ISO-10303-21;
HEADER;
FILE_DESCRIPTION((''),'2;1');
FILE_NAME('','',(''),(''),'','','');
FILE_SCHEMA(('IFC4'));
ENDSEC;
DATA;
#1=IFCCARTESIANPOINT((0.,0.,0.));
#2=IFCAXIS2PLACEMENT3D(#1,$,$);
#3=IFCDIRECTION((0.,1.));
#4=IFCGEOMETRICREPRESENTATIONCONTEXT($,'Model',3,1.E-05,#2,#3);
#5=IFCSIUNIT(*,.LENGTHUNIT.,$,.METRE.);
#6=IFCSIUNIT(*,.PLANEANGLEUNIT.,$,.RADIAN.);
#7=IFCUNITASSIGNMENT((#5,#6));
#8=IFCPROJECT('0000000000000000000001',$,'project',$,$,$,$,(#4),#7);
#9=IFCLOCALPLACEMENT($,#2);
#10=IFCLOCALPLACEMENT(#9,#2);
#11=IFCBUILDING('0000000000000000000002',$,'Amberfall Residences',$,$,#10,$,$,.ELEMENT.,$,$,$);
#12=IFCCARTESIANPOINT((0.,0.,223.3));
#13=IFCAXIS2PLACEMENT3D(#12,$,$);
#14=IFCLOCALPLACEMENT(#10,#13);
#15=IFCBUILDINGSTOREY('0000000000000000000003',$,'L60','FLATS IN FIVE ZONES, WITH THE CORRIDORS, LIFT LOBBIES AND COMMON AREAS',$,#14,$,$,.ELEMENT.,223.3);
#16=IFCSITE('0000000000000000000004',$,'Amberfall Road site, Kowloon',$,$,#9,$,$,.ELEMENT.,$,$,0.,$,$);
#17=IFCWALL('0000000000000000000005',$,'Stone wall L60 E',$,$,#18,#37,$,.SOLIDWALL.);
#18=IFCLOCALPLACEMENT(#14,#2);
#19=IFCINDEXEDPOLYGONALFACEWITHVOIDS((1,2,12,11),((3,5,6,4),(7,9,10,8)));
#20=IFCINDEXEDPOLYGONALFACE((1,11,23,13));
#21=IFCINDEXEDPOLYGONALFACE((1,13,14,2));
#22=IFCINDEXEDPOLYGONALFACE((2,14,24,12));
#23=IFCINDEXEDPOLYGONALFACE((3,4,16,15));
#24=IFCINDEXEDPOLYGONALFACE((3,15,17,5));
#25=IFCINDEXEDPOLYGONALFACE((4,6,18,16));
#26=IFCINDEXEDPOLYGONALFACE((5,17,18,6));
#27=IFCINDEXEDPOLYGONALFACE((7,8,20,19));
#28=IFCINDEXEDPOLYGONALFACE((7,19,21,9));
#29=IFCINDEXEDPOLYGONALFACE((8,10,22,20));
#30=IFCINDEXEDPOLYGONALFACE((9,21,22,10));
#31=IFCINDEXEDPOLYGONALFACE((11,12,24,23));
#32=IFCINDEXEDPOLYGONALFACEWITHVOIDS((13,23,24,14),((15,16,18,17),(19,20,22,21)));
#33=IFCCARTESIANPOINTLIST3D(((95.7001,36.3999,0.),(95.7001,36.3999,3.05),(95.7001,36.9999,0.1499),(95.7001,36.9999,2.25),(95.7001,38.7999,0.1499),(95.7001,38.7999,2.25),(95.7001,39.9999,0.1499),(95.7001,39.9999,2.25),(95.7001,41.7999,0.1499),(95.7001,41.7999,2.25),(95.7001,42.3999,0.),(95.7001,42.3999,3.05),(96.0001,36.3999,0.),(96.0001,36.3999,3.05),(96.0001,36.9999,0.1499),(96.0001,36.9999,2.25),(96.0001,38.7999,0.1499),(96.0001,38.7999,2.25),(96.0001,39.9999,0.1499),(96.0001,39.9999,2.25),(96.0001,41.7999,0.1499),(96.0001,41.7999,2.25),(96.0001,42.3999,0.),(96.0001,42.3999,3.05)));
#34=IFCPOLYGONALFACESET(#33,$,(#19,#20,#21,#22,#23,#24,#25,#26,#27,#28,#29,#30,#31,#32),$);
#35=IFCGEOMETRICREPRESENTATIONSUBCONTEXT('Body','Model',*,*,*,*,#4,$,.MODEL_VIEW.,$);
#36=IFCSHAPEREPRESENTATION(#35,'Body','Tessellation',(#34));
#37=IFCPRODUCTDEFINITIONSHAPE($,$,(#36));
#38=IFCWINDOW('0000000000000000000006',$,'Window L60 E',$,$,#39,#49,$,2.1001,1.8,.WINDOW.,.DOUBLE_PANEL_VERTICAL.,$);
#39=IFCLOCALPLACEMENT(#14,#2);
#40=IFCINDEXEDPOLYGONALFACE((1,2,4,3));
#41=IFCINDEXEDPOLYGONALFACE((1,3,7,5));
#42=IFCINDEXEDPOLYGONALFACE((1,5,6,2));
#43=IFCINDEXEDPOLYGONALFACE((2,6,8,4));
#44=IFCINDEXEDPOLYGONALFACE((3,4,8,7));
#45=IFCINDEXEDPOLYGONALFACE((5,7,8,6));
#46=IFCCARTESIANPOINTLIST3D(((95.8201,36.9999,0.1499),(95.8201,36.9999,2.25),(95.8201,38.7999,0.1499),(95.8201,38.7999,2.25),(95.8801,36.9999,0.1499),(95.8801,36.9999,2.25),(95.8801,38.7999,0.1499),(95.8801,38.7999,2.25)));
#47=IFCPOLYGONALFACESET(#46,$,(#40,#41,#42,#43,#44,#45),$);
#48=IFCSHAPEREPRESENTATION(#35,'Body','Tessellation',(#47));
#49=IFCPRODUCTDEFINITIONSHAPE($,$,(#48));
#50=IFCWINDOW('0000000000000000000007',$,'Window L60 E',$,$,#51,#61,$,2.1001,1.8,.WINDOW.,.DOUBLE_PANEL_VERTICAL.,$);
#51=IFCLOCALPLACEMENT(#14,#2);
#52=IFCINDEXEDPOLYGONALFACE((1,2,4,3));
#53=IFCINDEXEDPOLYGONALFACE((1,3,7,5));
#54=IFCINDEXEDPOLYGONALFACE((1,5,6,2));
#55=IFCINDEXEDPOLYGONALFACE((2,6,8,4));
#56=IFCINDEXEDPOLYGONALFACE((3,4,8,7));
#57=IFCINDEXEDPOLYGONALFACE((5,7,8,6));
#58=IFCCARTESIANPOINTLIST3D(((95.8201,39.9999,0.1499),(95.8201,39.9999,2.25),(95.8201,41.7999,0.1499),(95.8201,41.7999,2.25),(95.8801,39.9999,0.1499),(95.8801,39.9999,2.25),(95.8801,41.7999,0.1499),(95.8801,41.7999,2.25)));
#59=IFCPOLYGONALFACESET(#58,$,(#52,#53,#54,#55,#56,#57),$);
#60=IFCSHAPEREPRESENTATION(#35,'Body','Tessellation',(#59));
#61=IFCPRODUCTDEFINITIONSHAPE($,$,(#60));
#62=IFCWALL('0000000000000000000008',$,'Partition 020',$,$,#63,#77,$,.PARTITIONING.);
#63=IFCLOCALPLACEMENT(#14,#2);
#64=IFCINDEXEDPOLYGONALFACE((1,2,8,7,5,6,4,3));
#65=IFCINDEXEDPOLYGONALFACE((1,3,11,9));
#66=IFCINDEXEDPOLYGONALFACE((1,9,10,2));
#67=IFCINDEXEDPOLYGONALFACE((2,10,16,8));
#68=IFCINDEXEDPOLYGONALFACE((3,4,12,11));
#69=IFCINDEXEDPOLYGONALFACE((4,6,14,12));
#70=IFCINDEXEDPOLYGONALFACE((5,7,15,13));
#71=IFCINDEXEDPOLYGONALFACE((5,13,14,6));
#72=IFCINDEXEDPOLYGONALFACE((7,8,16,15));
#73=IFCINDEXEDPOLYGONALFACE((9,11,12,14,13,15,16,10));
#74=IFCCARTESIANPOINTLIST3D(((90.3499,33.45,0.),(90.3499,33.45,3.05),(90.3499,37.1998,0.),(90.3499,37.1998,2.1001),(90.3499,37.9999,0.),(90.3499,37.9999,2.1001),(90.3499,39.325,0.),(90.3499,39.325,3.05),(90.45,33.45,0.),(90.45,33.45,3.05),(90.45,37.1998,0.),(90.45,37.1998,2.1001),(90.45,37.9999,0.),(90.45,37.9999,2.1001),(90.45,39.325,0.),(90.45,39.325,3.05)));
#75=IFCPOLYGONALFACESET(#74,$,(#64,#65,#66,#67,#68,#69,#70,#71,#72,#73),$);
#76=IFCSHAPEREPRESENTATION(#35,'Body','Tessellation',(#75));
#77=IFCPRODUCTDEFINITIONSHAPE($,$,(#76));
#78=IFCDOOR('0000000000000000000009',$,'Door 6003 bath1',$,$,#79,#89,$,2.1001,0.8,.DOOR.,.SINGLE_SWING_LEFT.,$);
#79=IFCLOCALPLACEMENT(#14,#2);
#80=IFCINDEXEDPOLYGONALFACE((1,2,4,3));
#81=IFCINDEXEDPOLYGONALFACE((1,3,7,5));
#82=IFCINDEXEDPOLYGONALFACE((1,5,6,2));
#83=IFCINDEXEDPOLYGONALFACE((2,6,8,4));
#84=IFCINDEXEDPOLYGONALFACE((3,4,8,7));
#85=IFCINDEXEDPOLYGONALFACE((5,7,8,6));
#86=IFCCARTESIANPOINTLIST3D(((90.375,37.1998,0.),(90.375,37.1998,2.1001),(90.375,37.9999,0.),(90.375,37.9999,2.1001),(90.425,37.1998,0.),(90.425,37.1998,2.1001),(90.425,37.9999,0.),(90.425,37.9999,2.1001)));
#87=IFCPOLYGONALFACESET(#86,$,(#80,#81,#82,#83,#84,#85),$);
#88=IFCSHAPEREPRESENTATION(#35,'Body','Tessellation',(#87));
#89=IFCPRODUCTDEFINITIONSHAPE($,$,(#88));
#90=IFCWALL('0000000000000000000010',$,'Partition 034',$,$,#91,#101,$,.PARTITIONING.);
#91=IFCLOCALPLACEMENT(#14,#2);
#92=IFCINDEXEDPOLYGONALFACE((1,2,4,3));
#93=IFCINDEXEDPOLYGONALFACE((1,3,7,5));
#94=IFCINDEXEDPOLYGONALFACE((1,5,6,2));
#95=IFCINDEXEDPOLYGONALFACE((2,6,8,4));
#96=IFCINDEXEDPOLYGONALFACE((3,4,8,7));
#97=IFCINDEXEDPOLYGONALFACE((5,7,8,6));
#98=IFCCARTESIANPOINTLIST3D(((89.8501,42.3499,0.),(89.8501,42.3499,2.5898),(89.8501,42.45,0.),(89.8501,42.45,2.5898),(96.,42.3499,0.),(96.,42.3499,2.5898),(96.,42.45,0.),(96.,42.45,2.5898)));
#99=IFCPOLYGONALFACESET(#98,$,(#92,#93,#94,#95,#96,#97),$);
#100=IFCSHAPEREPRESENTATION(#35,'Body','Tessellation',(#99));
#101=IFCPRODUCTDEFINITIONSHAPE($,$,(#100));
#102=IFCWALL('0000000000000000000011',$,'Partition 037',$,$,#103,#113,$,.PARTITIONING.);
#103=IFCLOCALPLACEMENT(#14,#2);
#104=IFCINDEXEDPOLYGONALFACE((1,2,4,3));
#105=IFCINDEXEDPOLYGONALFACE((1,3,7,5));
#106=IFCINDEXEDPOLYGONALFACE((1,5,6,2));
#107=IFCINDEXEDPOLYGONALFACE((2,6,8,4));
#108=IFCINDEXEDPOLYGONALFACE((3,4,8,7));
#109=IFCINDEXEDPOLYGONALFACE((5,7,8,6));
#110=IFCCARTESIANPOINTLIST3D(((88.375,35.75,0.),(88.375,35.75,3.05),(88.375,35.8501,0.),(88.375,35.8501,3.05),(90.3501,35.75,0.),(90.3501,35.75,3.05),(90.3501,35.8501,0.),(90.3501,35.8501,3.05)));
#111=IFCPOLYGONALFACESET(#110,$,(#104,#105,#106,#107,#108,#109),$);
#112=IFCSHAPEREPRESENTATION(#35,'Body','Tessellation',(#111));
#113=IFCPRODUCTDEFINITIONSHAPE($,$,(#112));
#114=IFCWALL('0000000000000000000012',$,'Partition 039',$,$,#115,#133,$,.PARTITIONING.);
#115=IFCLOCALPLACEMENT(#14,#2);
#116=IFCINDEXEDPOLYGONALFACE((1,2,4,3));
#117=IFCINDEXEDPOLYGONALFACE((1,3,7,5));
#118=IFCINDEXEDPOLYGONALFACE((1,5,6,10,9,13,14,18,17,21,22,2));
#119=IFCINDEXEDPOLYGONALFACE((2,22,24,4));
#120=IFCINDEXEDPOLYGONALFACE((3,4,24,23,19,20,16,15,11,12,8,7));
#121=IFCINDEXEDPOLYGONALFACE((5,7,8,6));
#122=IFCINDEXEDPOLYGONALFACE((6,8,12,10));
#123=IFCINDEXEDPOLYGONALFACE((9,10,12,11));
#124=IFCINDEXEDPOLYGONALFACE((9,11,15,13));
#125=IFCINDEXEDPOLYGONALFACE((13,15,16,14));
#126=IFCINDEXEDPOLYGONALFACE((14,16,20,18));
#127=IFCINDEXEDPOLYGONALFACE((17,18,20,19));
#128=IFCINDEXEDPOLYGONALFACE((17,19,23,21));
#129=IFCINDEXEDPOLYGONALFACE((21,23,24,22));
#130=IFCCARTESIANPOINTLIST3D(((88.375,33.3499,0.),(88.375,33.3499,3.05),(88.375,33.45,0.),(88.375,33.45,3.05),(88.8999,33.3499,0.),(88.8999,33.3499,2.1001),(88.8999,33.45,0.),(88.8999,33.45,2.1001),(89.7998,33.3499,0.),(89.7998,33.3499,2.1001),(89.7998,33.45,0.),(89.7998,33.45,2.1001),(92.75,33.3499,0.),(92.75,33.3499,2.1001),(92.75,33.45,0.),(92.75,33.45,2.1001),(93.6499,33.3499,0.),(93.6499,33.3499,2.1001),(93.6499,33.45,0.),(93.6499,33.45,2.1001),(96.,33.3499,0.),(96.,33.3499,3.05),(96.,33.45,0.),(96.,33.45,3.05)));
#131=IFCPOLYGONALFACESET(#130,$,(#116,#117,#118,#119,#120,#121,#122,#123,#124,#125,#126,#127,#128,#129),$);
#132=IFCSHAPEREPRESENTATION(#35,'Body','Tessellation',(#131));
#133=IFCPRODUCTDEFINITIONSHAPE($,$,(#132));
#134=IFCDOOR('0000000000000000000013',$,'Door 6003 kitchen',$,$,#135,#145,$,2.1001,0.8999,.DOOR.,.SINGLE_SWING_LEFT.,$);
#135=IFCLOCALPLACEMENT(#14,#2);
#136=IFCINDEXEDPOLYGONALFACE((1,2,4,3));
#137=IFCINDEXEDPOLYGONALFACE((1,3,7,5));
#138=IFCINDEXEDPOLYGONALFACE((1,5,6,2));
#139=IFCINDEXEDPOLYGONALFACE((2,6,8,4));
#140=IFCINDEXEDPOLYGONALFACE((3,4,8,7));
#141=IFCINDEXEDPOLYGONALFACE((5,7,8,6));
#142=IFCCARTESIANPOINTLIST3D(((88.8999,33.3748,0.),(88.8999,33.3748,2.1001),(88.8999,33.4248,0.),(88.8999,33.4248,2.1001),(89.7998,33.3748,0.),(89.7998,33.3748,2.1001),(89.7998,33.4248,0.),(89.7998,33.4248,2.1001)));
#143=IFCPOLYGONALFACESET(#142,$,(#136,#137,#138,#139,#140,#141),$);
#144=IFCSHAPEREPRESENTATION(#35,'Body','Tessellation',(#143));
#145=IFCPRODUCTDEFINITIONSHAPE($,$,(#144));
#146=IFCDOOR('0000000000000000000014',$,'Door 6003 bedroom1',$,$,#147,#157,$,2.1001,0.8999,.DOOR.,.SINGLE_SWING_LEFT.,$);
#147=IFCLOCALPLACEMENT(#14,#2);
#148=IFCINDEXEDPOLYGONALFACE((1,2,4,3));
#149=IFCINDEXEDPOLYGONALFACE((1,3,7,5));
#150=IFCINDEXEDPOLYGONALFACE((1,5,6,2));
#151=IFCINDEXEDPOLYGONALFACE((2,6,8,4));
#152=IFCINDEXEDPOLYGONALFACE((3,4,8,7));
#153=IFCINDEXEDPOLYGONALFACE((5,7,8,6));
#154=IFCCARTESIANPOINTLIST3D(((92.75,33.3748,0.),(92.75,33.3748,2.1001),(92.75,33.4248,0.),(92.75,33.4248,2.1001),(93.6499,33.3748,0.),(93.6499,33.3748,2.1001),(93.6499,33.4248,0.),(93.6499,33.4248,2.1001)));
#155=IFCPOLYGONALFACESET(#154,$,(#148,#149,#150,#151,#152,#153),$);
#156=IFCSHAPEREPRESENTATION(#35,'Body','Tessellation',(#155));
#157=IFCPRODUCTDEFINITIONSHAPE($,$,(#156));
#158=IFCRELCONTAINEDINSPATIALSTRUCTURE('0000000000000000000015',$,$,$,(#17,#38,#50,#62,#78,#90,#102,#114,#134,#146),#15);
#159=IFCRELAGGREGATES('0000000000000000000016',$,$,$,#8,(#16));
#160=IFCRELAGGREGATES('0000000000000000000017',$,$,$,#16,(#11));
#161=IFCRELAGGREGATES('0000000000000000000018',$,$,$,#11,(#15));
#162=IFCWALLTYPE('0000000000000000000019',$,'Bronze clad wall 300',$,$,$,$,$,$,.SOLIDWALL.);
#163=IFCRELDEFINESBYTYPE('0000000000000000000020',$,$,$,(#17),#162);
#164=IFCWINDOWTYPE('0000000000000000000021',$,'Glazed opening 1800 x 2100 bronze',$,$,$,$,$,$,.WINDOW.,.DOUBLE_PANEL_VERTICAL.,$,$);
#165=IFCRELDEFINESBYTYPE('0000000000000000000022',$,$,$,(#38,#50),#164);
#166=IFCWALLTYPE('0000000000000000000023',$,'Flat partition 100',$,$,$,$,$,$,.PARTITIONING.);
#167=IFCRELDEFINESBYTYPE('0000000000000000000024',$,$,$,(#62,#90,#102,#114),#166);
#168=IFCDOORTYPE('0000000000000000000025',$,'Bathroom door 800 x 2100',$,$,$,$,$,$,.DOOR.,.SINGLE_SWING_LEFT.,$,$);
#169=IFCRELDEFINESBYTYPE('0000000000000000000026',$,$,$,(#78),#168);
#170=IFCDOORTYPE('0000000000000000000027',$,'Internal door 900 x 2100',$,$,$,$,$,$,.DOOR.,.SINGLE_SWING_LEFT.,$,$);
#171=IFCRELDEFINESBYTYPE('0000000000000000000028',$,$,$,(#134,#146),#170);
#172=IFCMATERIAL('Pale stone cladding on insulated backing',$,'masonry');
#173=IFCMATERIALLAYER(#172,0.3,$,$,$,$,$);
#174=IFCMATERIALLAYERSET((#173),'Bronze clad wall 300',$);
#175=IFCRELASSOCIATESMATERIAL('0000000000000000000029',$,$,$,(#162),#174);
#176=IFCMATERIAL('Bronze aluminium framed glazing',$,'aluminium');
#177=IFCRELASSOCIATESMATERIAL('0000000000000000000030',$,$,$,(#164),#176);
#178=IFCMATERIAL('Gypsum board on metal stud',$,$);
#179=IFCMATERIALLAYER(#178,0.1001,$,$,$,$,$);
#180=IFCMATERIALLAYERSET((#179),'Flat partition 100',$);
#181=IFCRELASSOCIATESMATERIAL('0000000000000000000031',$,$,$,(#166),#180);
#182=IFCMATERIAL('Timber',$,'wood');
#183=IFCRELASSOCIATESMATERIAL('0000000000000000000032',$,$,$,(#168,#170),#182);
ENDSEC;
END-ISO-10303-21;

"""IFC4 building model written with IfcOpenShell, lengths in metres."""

from ifc_helpers import new_model, si_unit, direction, frame, frame_2d, origin, place, context, subcontext, project, spatial, rectangle, extrude, material, layer, layer_set, type_object, element, fill, save


model = new_model("IFC4")

# Units and contexts
model_context = context("Model", 3, precision=1e-05, world=origin(), true_north=direction((0.0, 1.0)))
body_context = subcontext(model_context, "Body", "Model", "MODEL_VIEW")
ifc_project = project(units=[si_unit("LENGTHUNIT", "METRE"), si_unit("PLANEANGLEUNIT", "RADIAN")], contexts=[model_context])

# Site, building, storey
site_placement = place(None, origin())
site = spatial("IfcSite", under=ifc_project, at=site_placement, Name="Amberfall Road site, Kowloon", CompositionType="ELEMENT", RefElevation=0.0)
building_placement = place(site_placement, origin())
building = spatial("IfcBuilding", under=site, at=building_placement, Name="Amberfall Residences", CompositionType="ELEMENT")
storey_placement = place(building_placement, frame((0.0, 0.0, 223.3)))
storey = spatial("IfcBuildingStorey", under=building, at=storey_placement, Name="L60", Description="FLATS IN FIVE ZONES, WITH THE CORRIDORS, LIFT LOBBIES AND COMMON AREAS", CompositionType="ELEMENT", Elevation=223.3)

# Shared definitions
ifc_material_1 = material(Name="Pale stone cladding on insulated backing", Category="masonry")
ifc_layer_1 = layer(ifc_material_1, 0.3)
ifc_layer_set_1 = layer_set([ifc_layer_1], Name="Bronze clad wall 300")
wall_type_1 = type_object("IfcWallType", Name="Bronze clad wall 300", PredefinedType="SOLIDWALL", material=ifc_layer_set_1)

# Wall, openings, windows
wall_1_placement = place(storey_placement, frame((95.8501, 36.3999, 0.0), z_axis=(0.0, 0.0, 1.0), x_axis=(0.0, 1.0, 0.0)))
wall_1 = element("IfcWall", 1, at=wall_1_placement, inside=storey, type_object=wall_type_1, Name="Stone wall L60 E", PredefinedType="SOLIDWALL", context=body_context, shape_type="SweptSolid", body=[
    extrude(rectangle(XDim=6.0, YDim=0.3, at=frame_2d((3.0, 0.0))), origin(), (0.0, 0.0, 1.0), 3.05),
])
opening_1_placement = place(wall_1_placement, frame((0.6001, 0.0, 0.1499)))
opening_1 = element("IfcOpeningElement", 2, at=opening_1_placement, cuts=wall_1, PredefinedType="OPENING", context=body_context, shape_type="SweptSolid", body=[
    extrude(rectangle(XDim=1.8, YDim=2.1001, at=frame_2d((0.8999, 1.05))), frame((0.0, 0.1599, 0.0), z_axis=(0.0, -1.0, 0.0), x_axis=(1.0, 0.0, 0.0)), (0.0, 0.0, 1.0), 0.3201),
])
opening_2_placement = place(wall_1_placement, frame((3.6001, 0.0, 0.1499)))
opening_2 = element("IfcOpeningElement", 3, at=opening_2_placement, cuts=wall_1, PredefinedType="OPENING", context=body_context, shape_type="SweptSolid", body=[
    extrude(rectangle(XDim=1.8, YDim=2.1001, at=frame_2d((0.8999, 1.05))), frame((0.0, 0.1599, 0.0), z_axis=(0.0, -1.0, 0.0), x_axis=(1.0, 0.0, 0.0)), (0.0, 0.0, 1.0), 0.3201),
])
ifc_material_2 = material(Name="Bronze aluminium framed glazing", Category="aluminium")
window_type = type_object("IfcWindowType", Name="Glazed opening 1800 x 2100 bronze", PartitioningType="DOUBLE_PANEL_VERTICAL", PredefinedType="WINDOW", material=ifc_material_2)
window_1_placement = place(opening_1_placement, origin())
window_1 = element("IfcWindow", 4, at=window_1_placement, inside=storey, type_object=window_type, Name="Window L60 E", OverallHeight=2.1001, OverallWidth=1.8, PartitioningType="DOUBLE_PANEL_VERTICAL", PredefinedType="WINDOW", context=body_context, shape_type="SweptSolid", body=[
    extrude(rectangle(XDim=1.8, YDim=2.1001, at=frame_2d((0.8999, 1.05))), frame((0.0, 0.03, 0.0), z_axis=(0.0, -1.0, 0.0), x_axis=(1.0, 0.0, 0.0)), (0.0, 0.0, 1.0), 0.0601),
])
fill(opening_1, window_1)
window_2_placement = place(opening_2_placement, origin())
window_2 = element("IfcWindow", 5, at=window_2_placement, inside=storey, type_object=window_type, Name="Window L60 E", OverallHeight=2.1001, OverallWidth=1.8, PartitioningType="DOUBLE_PANEL_VERTICAL", PredefinedType="WINDOW", context=body_context, shape_type="SweptSolid", body=[
    extrude(rectangle(XDim=1.8, YDim=2.1001, at=frame_2d((0.8999, 1.05))), frame((0.0, 0.03, 0.0), z_axis=(0.0, -1.0, 0.0), x_axis=(1.0, 0.0, 0.0)), (0.0, 0.0, 1.0), 0.0601),
])
fill(opening_2, window_2)

# Wall, opening, door
ifc_material_3 = material(Name="Gypsum board on metal stud")
ifc_layer_2 = layer(ifc_material_3, 0.1001)
ifc_layer_set_2 = layer_set([ifc_layer_2], Name="Flat partition 100")
wall_type_2 = type_object("IfcWallType", Name="Flat partition 100", PredefinedType="PARTITIONING", material=ifc_layer_set_2)
wall_2_placement = place(storey_placement, frame((90.3999, 33.45, 0.0), z_axis=(0.0, 0.0, 1.0), x_axis=(0.0, 1.0, 0.0)))
wall_2 = element("IfcWall", 6, at=wall_2_placement, inside=storey, type_object=wall_type_2, Name="Partition 020", PredefinedType="PARTITIONING", context=body_context, shape_type="SweptSolid", body=[
    extrude(rectangle(XDim=5.875, YDim=0.1001, at=frame_2d((2.9375, 0.0))), origin(), (0.0, 0.0, 1.0), 3.05),
])
opening_3_placement = place(wall_2_placement, frame((3.75, 0.0, 0.0)))
opening_3 = element("IfcOpeningElement", 7, at=opening_3_placement, cuts=wall_2, PredefinedType="OPENING", context=body_context, shape_type="SweptSolid", body=[
    extrude(rectangle(XDim=0.8, YDim=2.1001, at=frame_2d((0.3999, 1.05))), frame((0.0, 0.0601, 0.0), z_axis=(0.0, -1.0, 0.0), x_axis=(1.0, 0.0, 0.0)), (0.0, 0.0, 1.0), 0.1201),
])
ifc_material_4 = material(Name="Timber", Category="wood")
door_type_1 = type_object("IfcDoorType", Name="Bathroom door 800 x 2100", OperationType="SINGLE_SWING_LEFT", PredefinedType="DOOR", material=ifc_material_4)
door_1_placement = place(opening_3_placement, origin())
door_1 = element("IfcDoor", 8, at=door_1_placement, inside=storey, type_object=door_type_1, Name="Door 6003 bath1", OperationType="SINGLE_SWING_LEFT", OverallHeight=2.1001, OverallWidth=0.8, PredefinedType="DOOR", context=body_context, shape_type="SweptSolid", body=[
    extrude(rectangle(XDim=0.8, YDim=2.1001, at=frame_2d((0.3999, 1.05))), frame((0.0, 0.0249, 0.0), z_axis=(0.0, -1.0, 0.0), x_axis=(1.0, 0.0, 0.0)), (0.0, 0.0, 1.0), 0.05),
])
fill(opening_3, door_1)

# Walls
wall_3_placement = place(storey_placement, frame((89.8501, 42.3999, 0.0), z_axis=(0.0, 0.0, 1.0), x_axis=(1.0, 0.0, 0.0)))
element("IfcWall", 9, at=wall_3_placement, inside=storey, type_object=wall_type_2, Name="Partition 034", PredefinedType="PARTITIONING", context=body_context, shape_type="SweptSolid", body=[
    extrude(rectangle(XDim=6.1499, YDim=0.1001, at=frame_2d((3.075, 0.0))), origin(), (0.0, 0.0, 1.0), 2.5898),
])
wall_4_placement = place(storey_placement, frame((88.375, 35.8, 0.0), z_axis=(0.0, 0.0, 1.0), x_axis=(1.0, 0.0, 0.0)))
element("IfcWall", 10, at=wall_4_placement, inside=storey, type_object=wall_type_2, Name="Partition 037", PredefinedType="PARTITIONING", context=body_context, shape_type="SweptSolid", body=[
    extrude(rectangle(XDim=1.9751, YDim=0.1001, at=frame_2d((0.9875, 0.0))), origin(), (0.0, 0.0, 1.0), 3.05),
])

# Wall, openings, doors
wall_5_placement = place(storey_placement, frame((88.375, 33.3999, 0.0), z_axis=(0.0, 0.0, 1.0), x_axis=(1.0, 0.0, 0.0)))
wall_5 = element("IfcWall", 11, at=wall_5_placement, inside=storey, type_object=wall_type_2, Name="Partition 039", PredefinedType="PARTITIONING", context=body_context, shape_type="SweptSolid", body=[
    extrude(rectangle(XDim=7.625, YDim=0.1001, at=frame_2d((3.8125, 0.0))), origin(), (0.0, 0.0, 1.0), 3.05),
])
opening_4_placement = place(wall_5_placement, frame((0.5249, 0.0, 0.0)))
opening_4 = element("IfcOpeningElement", 12, at=opening_4_placement, cuts=wall_5, PredefinedType="OPENING", context=body_context, shape_type="SweptSolid", body=[
    extrude(rectangle(XDim=0.8999, YDim=2.1001, at=frame_2d((0.45, 1.05))), frame((0.0, 0.0601, 0.0), z_axis=(0.0, -1.0, 0.0), x_axis=(1.0, 0.0, 0.0)), (0.0, 0.0, 1.0), 0.1201),
])
opening_5_placement = place(wall_5_placement, frame((4.375, 0.0, 0.0)))
opening_5 = element("IfcOpeningElement", 13, at=opening_5_placement, cuts=wall_5, PredefinedType="OPENING", context=body_context, shape_type="SweptSolid", body=[
    extrude(rectangle(XDim=0.8999, YDim=2.1001, at=frame_2d((0.45, 1.05))), frame((0.0, 0.0601, 0.0), z_axis=(0.0, -1.0, 0.0), x_axis=(1.0, 0.0, 0.0)), (0.0, 0.0, 1.0), 0.1201),
])
door_type_2 = type_object("IfcDoorType", Name="Internal door 900 x 2100", OperationType="SINGLE_SWING_LEFT", PredefinedType="DOOR", material=ifc_material_4)
door_2_placement = place(opening_4_placement, origin())
door_2 = element("IfcDoor", 14, at=door_2_placement, inside=storey, type_object=door_type_2, Name="Door 6003 kitchen", OperationType="SINGLE_SWING_LEFT", OverallHeight=2.1001, OverallWidth=0.8999, PredefinedType="DOOR", context=body_context, shape_type="SweptSolid", body=[
    extrude(rectangle(XDim=0.8999, YDim=2.1001, at=frame_2d((0.45, 1.05))), frame((0.0, 0.0249, 0.0), z_axis=(0.0, -1.0, 0.0), x_axis=(1.0, 0.0, 0.0)), (0.0, 0.0, 1.0), 0.05),
])
fill(opening_4, door_2)
door_3_placement = place(opening_5_placement, origin())
door_3 = element("IfcDoor", 15, at=door_3_placement, inside=storey, type_object=door_type_2, Name="Door 6003 bedroom1", OperationType="SINGLE_SWING_LEFT", OverallHeight=2.1001, OverallWidth=0.8999, PredefinedType="DOOR", context=body_context, shape_type="SweptSolid", body=[
    extrude(rectangle(XDim=0.8999, YDim=2.1001, at=frame_2d((0.45, 1.05))), frame((0.0, 0.0249, 0.0), z_axis=(0.0, -1.0, 0.0), x_axis=(1.0, 0.0, 0.0)), (0.0, 0.0, 1.0), 0.05),
])
fill(opening_5, door_3)

save(model, "model.ifc")
